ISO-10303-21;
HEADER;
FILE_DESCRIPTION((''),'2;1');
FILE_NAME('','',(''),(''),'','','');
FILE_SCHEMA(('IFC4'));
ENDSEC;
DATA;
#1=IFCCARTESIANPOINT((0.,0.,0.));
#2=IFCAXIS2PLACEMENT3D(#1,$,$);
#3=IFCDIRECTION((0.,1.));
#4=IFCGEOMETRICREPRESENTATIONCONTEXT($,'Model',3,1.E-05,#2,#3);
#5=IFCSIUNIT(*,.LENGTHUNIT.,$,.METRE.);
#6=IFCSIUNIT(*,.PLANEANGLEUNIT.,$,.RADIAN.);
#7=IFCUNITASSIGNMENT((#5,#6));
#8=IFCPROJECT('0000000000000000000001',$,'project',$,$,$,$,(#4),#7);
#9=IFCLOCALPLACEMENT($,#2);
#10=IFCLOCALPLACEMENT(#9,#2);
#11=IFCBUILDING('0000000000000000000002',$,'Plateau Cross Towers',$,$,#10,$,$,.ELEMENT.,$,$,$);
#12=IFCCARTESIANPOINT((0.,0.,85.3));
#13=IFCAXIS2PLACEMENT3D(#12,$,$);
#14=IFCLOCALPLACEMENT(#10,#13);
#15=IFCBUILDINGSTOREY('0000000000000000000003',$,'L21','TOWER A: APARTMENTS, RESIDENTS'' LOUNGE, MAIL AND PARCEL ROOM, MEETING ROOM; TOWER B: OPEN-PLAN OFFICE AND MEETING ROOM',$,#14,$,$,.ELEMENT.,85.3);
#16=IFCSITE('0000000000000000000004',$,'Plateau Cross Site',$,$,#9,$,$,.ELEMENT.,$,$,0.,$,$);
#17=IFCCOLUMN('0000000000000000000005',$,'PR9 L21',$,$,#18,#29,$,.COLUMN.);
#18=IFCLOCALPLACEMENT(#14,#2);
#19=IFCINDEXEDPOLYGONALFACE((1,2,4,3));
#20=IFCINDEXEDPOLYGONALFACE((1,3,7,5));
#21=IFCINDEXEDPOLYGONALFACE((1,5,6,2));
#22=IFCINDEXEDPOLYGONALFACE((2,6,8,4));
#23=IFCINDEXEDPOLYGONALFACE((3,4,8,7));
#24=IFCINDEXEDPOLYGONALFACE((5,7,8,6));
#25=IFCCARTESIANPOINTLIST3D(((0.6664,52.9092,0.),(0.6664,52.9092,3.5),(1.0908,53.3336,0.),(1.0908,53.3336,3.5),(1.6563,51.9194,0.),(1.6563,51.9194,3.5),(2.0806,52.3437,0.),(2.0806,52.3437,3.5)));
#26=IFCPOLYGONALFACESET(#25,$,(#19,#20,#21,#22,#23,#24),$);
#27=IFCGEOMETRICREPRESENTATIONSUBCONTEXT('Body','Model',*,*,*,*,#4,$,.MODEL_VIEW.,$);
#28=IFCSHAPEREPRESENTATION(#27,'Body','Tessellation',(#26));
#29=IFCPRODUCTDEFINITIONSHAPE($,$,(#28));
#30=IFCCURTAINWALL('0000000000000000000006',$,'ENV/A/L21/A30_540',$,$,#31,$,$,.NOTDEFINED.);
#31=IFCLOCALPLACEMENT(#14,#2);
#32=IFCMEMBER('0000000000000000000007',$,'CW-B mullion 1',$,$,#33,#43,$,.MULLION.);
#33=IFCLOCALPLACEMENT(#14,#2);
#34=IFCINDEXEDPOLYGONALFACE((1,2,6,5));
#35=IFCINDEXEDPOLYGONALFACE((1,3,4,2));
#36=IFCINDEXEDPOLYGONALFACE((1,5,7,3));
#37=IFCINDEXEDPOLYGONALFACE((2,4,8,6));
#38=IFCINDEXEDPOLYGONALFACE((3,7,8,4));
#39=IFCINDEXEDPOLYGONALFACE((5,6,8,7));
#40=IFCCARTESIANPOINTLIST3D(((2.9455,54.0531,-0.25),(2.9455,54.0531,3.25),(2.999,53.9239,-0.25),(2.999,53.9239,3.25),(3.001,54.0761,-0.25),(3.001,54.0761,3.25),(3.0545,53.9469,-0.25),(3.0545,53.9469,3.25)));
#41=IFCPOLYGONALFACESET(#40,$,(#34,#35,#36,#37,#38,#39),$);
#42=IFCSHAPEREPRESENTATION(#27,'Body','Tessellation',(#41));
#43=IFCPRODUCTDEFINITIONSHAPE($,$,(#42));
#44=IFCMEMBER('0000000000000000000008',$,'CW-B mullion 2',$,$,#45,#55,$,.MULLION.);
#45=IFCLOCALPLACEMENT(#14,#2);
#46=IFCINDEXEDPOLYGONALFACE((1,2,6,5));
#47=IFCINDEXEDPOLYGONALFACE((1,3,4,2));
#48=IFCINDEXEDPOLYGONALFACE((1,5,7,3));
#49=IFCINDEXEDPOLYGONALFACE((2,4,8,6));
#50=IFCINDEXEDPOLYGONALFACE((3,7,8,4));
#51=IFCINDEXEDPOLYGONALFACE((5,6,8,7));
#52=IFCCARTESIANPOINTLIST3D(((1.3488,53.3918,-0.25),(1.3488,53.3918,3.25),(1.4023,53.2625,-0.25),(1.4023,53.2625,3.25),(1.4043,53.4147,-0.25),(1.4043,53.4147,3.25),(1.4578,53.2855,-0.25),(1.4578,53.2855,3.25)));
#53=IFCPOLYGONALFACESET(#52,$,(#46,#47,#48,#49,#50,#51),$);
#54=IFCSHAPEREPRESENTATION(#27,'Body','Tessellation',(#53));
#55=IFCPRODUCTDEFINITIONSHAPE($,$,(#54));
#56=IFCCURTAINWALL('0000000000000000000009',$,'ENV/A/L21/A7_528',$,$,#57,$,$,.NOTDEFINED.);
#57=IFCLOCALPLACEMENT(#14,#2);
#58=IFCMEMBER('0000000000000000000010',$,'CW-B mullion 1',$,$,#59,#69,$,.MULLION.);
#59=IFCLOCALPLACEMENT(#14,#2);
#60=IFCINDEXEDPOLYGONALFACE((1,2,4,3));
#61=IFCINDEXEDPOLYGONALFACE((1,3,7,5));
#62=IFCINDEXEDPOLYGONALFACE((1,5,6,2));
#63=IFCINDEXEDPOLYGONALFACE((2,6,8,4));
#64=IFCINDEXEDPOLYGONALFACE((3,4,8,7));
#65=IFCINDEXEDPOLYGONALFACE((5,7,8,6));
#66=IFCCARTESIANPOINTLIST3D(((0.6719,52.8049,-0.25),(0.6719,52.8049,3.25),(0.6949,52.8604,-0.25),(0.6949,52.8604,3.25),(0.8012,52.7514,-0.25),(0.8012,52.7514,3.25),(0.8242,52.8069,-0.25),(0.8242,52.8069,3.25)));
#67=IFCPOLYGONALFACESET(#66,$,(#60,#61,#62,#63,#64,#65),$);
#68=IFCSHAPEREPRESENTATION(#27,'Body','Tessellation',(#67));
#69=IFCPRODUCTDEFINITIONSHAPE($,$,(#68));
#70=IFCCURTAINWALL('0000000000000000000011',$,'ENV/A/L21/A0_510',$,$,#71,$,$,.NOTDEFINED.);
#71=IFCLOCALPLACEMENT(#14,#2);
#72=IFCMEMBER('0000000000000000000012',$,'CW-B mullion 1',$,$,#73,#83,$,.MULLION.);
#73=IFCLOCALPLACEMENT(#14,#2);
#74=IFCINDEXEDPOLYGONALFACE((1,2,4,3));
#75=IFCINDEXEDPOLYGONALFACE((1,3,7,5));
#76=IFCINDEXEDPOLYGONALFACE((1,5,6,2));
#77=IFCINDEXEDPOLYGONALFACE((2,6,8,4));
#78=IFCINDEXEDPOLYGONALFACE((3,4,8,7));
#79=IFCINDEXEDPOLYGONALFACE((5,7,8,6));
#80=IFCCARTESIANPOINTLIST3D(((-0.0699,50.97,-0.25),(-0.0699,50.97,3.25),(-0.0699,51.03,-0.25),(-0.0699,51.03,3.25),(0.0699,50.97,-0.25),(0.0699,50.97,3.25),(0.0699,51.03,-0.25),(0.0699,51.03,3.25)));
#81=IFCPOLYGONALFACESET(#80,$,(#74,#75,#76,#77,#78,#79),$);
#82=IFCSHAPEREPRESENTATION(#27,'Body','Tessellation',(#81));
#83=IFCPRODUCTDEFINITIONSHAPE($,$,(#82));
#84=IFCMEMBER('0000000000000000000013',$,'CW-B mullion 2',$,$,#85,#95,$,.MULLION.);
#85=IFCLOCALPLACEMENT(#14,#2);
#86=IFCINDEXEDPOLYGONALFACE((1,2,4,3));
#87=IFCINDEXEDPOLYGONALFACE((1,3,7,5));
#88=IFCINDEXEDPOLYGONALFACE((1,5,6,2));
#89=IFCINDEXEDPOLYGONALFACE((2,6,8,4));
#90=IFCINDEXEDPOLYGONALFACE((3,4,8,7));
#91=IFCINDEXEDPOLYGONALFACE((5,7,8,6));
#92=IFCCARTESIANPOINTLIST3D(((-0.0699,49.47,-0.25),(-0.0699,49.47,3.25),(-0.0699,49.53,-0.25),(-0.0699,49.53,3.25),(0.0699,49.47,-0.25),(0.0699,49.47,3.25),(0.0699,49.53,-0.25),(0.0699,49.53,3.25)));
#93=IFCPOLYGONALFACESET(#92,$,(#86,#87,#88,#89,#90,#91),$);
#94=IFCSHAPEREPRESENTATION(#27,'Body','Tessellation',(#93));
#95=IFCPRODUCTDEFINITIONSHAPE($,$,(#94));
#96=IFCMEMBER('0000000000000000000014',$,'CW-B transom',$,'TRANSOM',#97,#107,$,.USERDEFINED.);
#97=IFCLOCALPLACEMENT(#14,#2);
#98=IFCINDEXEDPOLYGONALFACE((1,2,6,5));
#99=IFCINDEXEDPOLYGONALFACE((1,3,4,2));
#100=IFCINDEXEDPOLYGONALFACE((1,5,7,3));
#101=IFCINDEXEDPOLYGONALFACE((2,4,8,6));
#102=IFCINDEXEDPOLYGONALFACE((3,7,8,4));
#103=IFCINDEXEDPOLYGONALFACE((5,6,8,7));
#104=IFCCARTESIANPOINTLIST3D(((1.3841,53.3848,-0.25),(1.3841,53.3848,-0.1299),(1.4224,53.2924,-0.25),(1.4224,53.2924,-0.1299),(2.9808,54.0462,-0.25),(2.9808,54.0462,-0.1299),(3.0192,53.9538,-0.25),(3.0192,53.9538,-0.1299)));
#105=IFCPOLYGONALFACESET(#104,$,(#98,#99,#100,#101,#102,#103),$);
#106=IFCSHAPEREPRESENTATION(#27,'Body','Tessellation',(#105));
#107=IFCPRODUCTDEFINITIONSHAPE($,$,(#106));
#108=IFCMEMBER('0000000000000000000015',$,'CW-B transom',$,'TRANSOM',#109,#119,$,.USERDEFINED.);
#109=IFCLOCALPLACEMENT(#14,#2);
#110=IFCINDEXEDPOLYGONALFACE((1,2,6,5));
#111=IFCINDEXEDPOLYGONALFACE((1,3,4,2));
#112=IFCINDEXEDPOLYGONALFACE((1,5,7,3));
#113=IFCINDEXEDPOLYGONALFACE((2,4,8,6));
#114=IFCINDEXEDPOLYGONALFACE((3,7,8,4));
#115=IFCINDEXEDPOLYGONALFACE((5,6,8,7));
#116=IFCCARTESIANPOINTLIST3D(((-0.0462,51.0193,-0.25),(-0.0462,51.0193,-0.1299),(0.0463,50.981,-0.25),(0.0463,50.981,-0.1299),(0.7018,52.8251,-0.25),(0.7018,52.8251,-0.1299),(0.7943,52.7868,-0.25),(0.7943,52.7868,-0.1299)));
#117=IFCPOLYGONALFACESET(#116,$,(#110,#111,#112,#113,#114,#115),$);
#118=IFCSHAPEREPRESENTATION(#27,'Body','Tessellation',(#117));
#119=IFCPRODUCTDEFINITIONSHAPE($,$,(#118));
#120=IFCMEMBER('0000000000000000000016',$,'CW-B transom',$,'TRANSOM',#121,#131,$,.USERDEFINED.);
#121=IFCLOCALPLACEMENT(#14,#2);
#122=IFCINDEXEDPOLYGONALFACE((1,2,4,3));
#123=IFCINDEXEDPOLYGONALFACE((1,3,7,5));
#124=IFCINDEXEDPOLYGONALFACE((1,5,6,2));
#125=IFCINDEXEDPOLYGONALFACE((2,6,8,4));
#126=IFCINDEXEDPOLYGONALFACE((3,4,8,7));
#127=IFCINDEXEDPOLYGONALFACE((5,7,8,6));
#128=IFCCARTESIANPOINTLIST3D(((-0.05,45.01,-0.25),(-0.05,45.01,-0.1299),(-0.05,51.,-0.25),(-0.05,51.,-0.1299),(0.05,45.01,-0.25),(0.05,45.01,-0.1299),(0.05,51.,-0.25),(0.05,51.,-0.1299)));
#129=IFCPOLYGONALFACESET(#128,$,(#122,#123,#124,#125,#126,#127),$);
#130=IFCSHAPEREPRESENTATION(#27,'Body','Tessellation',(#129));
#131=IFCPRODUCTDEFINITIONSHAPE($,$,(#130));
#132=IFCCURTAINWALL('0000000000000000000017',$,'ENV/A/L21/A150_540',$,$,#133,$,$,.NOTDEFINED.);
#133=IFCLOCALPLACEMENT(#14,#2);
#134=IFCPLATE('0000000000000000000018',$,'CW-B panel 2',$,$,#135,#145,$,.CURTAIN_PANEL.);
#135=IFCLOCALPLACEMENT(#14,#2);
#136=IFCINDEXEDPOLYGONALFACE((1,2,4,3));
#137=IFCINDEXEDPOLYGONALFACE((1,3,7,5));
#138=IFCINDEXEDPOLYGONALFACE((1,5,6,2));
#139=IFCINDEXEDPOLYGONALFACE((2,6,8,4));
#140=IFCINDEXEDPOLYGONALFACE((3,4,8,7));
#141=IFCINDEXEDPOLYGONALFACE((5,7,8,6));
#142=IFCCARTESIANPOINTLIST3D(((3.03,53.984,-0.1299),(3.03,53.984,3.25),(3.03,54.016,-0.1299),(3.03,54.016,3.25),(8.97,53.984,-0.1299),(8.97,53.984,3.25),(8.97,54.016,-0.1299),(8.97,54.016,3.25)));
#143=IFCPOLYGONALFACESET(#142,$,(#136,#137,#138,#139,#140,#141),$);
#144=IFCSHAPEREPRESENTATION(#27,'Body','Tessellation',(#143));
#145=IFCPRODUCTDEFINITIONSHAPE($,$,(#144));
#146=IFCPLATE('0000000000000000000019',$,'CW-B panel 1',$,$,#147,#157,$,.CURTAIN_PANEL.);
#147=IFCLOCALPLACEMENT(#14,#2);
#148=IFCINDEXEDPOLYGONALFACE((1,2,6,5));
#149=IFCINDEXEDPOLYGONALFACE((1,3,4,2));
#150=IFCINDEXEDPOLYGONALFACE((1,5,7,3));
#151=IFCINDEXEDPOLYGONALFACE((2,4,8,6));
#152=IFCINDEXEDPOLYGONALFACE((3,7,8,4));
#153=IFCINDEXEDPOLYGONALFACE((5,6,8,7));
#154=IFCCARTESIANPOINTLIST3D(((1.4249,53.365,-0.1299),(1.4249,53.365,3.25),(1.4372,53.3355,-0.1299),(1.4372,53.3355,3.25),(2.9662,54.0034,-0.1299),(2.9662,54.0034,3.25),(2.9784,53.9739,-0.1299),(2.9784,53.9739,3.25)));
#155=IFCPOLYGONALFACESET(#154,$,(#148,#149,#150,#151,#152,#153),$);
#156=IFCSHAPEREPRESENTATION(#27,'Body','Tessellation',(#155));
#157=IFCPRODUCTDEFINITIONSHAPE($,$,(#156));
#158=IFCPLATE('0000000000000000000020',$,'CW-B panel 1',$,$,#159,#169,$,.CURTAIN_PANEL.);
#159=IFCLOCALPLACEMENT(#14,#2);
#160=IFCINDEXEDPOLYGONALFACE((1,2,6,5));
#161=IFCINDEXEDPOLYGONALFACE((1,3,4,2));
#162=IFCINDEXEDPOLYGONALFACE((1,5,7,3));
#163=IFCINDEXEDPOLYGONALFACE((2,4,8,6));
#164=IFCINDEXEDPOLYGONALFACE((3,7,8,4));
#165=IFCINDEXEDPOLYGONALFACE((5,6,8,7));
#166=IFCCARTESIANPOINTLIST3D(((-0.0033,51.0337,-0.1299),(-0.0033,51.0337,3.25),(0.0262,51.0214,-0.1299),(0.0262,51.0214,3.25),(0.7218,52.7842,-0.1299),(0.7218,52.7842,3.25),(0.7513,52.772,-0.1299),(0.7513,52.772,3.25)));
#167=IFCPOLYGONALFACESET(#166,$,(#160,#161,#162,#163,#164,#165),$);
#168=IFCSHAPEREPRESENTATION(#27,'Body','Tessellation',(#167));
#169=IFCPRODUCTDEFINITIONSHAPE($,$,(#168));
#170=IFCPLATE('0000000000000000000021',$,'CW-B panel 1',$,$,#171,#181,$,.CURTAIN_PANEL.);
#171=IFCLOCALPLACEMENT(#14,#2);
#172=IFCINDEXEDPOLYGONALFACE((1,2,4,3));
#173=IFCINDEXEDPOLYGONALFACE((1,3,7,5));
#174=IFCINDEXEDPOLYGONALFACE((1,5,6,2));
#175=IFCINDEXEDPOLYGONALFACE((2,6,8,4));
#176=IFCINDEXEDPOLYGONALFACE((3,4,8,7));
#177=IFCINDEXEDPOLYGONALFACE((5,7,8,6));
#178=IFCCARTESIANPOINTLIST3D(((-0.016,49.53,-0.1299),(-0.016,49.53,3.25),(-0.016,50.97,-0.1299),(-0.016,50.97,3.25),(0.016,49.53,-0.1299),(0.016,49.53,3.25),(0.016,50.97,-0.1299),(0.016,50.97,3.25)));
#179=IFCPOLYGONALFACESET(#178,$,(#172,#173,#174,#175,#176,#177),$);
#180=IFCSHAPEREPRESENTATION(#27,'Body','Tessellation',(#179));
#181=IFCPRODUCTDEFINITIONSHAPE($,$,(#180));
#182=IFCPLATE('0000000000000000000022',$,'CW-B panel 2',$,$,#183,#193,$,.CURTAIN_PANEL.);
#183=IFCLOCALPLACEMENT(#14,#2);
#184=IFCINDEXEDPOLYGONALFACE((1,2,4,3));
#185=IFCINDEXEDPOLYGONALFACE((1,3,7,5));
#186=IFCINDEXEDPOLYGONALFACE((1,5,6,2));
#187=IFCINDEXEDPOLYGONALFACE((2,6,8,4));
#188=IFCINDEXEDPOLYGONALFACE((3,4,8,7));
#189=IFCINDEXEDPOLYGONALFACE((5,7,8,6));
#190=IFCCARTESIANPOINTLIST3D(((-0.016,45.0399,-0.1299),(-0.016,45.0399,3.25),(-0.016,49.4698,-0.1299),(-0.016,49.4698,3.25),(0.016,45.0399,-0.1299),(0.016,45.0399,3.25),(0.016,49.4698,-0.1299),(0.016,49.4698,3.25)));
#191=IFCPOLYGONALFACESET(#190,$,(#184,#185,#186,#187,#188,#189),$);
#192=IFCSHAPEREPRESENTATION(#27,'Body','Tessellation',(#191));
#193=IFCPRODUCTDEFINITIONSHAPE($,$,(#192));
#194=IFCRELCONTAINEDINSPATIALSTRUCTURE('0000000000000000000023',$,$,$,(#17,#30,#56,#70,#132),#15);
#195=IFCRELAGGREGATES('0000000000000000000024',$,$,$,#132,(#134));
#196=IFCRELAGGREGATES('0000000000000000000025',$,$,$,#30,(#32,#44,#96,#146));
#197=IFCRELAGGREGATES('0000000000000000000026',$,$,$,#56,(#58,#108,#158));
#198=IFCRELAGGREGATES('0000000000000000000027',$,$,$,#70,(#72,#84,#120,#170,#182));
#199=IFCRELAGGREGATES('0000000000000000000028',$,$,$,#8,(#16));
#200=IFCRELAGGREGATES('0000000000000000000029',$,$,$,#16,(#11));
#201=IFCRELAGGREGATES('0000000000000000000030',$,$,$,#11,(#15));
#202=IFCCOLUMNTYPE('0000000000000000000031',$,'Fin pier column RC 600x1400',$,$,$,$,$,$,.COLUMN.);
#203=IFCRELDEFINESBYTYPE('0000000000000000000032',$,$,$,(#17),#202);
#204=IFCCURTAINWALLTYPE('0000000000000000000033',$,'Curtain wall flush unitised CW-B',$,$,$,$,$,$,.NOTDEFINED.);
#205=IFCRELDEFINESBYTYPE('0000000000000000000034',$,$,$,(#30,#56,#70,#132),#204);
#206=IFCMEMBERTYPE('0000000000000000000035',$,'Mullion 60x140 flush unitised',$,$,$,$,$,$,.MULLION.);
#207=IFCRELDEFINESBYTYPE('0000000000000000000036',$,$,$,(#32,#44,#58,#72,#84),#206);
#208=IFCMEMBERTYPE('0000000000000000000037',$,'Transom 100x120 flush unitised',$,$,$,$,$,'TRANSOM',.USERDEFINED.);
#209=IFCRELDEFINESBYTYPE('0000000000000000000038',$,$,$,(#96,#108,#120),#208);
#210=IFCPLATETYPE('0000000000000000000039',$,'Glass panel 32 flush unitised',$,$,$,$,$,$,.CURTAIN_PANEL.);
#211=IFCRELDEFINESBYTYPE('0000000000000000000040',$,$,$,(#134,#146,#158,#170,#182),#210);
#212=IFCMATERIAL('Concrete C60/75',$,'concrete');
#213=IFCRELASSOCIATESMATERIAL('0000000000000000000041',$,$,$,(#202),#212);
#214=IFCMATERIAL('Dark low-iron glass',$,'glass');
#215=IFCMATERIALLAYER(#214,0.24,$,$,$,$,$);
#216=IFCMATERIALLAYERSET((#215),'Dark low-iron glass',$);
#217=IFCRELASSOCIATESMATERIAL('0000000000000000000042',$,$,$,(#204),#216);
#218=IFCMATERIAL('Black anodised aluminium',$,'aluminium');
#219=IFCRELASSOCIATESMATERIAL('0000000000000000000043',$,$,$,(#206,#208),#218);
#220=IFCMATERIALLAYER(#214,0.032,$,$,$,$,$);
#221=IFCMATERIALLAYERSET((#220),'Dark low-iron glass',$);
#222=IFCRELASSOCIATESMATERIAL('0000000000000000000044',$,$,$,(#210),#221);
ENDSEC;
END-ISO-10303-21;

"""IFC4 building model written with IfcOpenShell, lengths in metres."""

from ifc_helpers import new_model, si_unit, direction, frame, origin, origin_2d, place, context, subcontext, project, spatial, rectangle, extrude, material, layer, layer_set, material_profile, profile_set, type_object, element, aggregate, save


model = new_model("IFC4")

# Units and contexts
model_context = context("Model", 3, precision=1e-05, world=origin(), true_north=direction((0.0, 1.0)))
body_context = subcontext(model_context, "Body", "Model", "MODEL_VIEW")
ifc_project = project(units=[si_unit("LENGTHUNIT", "METRE"), si_unit("PLANEANGLEUNIT", "RADIAN")], contexts=[model_context])

# Site, building, storey
site_placement = place(None, origin())
site = spatial("IfcSite", under=ifc_project, at=site_placement, Name="Plateau Cross Site", CompositionType="ELEMENT", RefElevation=0.0)
building_placement = place(site_placement, origin())
building = spatial("IfcBuilding", under=site, at=building_placement, Name="Plateau Cross Towers", CompositionType="ELEMENT")
storey_placement = place(building_placement, frame((0.0, 0.0, 85.3)))
storey = spatial("IfcBuildingStorey", under=building, at=storey_placement, Name="L21", Description="TOWER A: APARTMENTS, RESIDENTS' LOUNGE, MAIL AND PARCEL ROOM, MEETING ROOM; TOWER B: OPEN-PLAN OFFICE AND MEETING ROOM", CompositionType="ELEMENT", Elevation=85.3)

# Column
ifc_material_1 = material(Name="Concrete C60/75", Category="concrete")
ifc_material_profile_1 = material_profile(ifc_material_1, rectangle(XDim=0.6001, YDim=1.3999, at=origin_2d()), Name="RC 600x1400")
ifc_profile_set_1 = profile_set([ifc_material_profile_1], Name="Concrete C60/75")
column_type = type_object("IfcColumnType", Name="Fin pier column RC 600x1400", PredefinedType="COLUMN", material=ifc_profile_set_1)
column_placement = place(storey_placement, frame((1.3735, 52.6265, 0.0), z_axis=(0.0, 0.0, 1.0), x_axis=(0.707107, 0.707107, 0.0)))
element("IfcColumn", 1, at=column_placement, inside=storey, type_object=column_type, Name="PR9 L21", PredefinedType="COLUMN", context=body_context, shape_type="SweptSolid", body=[
    extrude(rectangle(XDim=0.6001, YDim=1.3999, at=origin_2d()), origin(), (0.0, 0.0, 1.0), 3.5),
])

# Curtain wall, members
ifc_material_2 = material(Name="Dark low-iron glass", Category="glass")
ifc_layer_1 = layer(ifc_material_2, 0.24)
ifc_layer_set_1 = layer_set([ifc_layer_1], Name="Dark low-iron glass")
curtain_wall_type = type_object("IfcCurtainWallType", Name="Curtain wall flush unitised CW-B", PredefinedType="NOTDEFINED", material=ifc_layer_set_1)
curtain_wall_1_placement = place(storey_placement, origin())
curtain_wall_1 = element("IfcCurtainWall", 2, at=curtain_wall_1_placement, inside=storey, type_object=curtain_wall_type, Name="ENV/A/L21/A30_540", PredefinedType="NOTDEFINED")
ifc_material_3 = material(Name="Black anodised aluminium", Category="aluminium")
ifc_material_profile_2 = material_profile(ifc_material_3, rectangle(XDim=0.0601, YDim=0.1399, at=origin_2d()), Name="MULLION 60x140")
ifc_profile_set_2 = profile_set([ifc_material_profile_2], Name="Black anodised aluminium")
member_type_1 = type_object("IfcMemberType", Name="Mullion 60x140 flush unitised", PredefinedType="MULLION", material=ifc_profile_set_2)
member_1_placement = place(storey_placement, frame((3.0, 54.0, -0.25), z_axis=(0.0, 0.0, 1.0), x_axis=(-0.923879, -0.382684, 0.0)))
member_1 = element("IfcMember", 3, at=member_1_placement, type_object=member_type_1, Name="CW-B mullion 1", PredefinedType="MULLION", context=body_context, shape_type="SweptSolid", body=[
    extrude(rectangle(XDim=0.0601, YDim=0.1399, at=origin_2d()), origin(), (0.0, 0.0, 1.0), 3.5),
])
member_2_placement = place(storey_placement, frame((1.4033, 53.3386, -0.25), z_axis=(0.0, 0.0, 1.0), x_axis=(-0.923879, -0.382684, 0.0)))
member_2 = element("IfcMember", 4, at=member_2_placement, type_object=member_type_1, Name="CW-B mullion 2", PredefinedType="MULLION", context=body_context, shape_type="SweptSolid", body=[
    extrude(rectangle(XDim=0.0601, YDim=0.1399, at=origin_2d()), origin(), (0.0, 0.0, 1.0), 3.5),
])

# Curtain wall, member
curtain_wall_2_placement = place(storey_placement, origin())
curtain_wall_2 = element("IfcCurtainWall", 5, at=curtain_wall_2_placement, inside=storey, type_object=curtain_wall_type, Name="ENV/A/L21/A7_528", PredefinedType="NOTDEFINED")
member_3_placement = place(storey_placement, frame((0.748, 52.8059, -0.25), z_axis=(0.0, 0.0, 1.0), x_axis=(-0.382684, -0.923879, 0.0)))
member_3 = element("IfcMember", 6, at=member_3_placement, type_object=member_type_1, Name="CW-B mullion 1", PredefinedType="MULLION", context=body_context, shape_type="SweptSolid", body=[
    extrude(rectangle(XDim=0.0601, YDim=0.1399, at=origin_2d()), origin(), (0.0, 0.0, 1.0), 3.5),
])

# Curtain wall, members
curtain_wall_3_placement = place(storey_placement, origin())
curtain_wall_3 = element("IfcCurtainWall", 7, at=curtain_wall_3_placement, inside=storey, type_object=curtain_wall_type, Name="ENV/A/L21/A0_510", PredefinedType="NOTDEFINED")
member_4_placement = place(storey_placement, frame((0.0, 51.0, -0.25), z_axis=(0.0, 0.0, 1.0), x_axis=(0.0, -1.0, 0.0)))
member_4 = element("IfcMember", 8, at=member_4_placement, type_object=member_type_1, Name="CW-B mullion 1", PredefinedType="MULLION", context=body_context, shape_type="SweptSolid", body=[
    extrude(rectangle(XDim=0.0601, YDim=0.1399, at=origin_2d()), origin(), (0.0, 0.0, 1.0), 3.5),
])
member_5_placement = place(storey_placement, frame((0.0, 49.5, -0.25), z_axis=(0.0, 0.0, 1.0), x_axis=(0.0, -1.0, 0.0)))
member_5 = element("IfcMember", 9, at=member_5_placement, type_object=member_type_1, Name="CW-B mullion 2", PredefinedType="MULLION", context=body_context, shape_type="SweptSolid", body=[
    extrude(rectangle(XDim=0.0601, YDim=0.1399, at=origin_2d()), origin(), (0.0, 0.0, 1.0), 3.5),
])

# Members
ifc_material_profile_3 = material_profile(ifc_material_3, rectangle(XDim=0.1001, YDim=0.1201, at=origin_2d()), Name="TRANSOM 100x120")
ifc_profile_set_3 = profile_set([ifc_material_profile_3], Name="Black anodised aluminium")
member_type_2 = type_object("IfcMemberType", Name="Transom 100x120 flush unitised", ElementType="TRANSOM", PredefinedType="USERDEFINED", material=ifc_profile_set_3)
member_6_placement = place(storey_placement, frame((3.0, 54.0, -0.1899), z_axis=(-0.923877, -0.382689, 0.0), x_axis=(0.382689, -0.923877, 0.0)))
member_6 = element("IfcMember", 10, at=member_6_placement, type_object=member_type_2, Name="CW-B transom", ObjectType="TRANSOM", PredefinedType="USERDEFINED", context=body_context, shape_type="SweptSolid", body=[
    extrude(rectangle(XDim=0.1001, YDim=0.1201, at=origin_2d()), origin(), (0.0, 0.0, 1.0), 1.7283),
])
member_7_placement = place(storey_placement, frame((0.748, 52.8059, -0.1899), z_axis=(-0.38269, -0.923877, 0.0), x_axis=(0.923877, -0.38269, 0.0)))
member_7 = element("IfcMember", 11, at=member_7_placement, type_object=member_type_2, Name="CW-B transom", ObjectType="TRANSOM", PredefinedType="USERDEFINED", context=body_context, shape_type="SweptSolid", body=[
    extrude(rectangle(XDim=0.1001, YDim=0.1201, at=origin_2d()), origin(), (0.0, 0.0, 1.0), 1.9546),
])
member_8_placement = place(storey_placement, frame((0.0, 51.0, -0.1899), z_axis=(0.0, -1.0, 0.0), x_axis=(1.0, 0.0, 0.0)))
member_8 = element("IfcMember", 12, at=member_8_placement, type_object=member_type_2, Name="CW-B transom", ObjectType="TRANSOM", PredefinedType="USERDEFINED", context=body_context, shape_type="SweptSolid", body=[
    extrude(rectangle(XDim=0.1001, YDim=0.1201, at=origin_2d()), origin(), (0.0, 0.0, 1.0), 5.99),
])

# Curtain wall, plate
curtain_wall_4_placement = place(storey_placement, origin())
curtain_wall_4 = element("IfcCurtainWall", 13, at=curtain_wall_4_placement, inside=storey, type_object=curtain_wall_type, Name="ENV/A/L21/A150_540", PredefinedType="NOTDEFINED")
ifc_layer_2 = layer(ifc_material_2, 0.032)
ifc_layer_set_2 = layer_set([ifc_layer_2], Name="Dark low-iron glass")
plate_type = type_object("IfcPlateType", Name="Glass panel 32 flush unitised", PredefinedType="CURTAIN_PANEL", material=ifc_layer_set_2)
plate_1_placement = place(storey_placement, frame((6.0, 54.0, -0.1299), z_axis=(0.0, 0.0, 1.0), x_axis=(-1.0, 0.0, 0.0)))
plate_1 = element("IfcPlate", 14, at=plate_1_placement, type_object=plate_type, Name="CW-B panel 2", PredefinedType="CURTAIN_PANEL", context=body_context, shape_type="SweptSolid", body=[
    extrude(rectangle(XDim=5.9399, YDim=0.032, at=origin_2d()), origin(), (0.0, 0.0, 1.0), 3.3799),
])
aggregate(curtain_wall_4, [plate_1])

# Plates
plate_2_placement = place(storey_placement, frame((2.2017, 53.6694, -0.1299), z_axis=(0.0, 0.0, 1.0), x_axis=(-0.923879, -0.382684, 0.0)))
plate_2 = element("IfcPlate", 15, at=plate_2_placement, type_object=plate_type, Name="CW-B panel 1", PredefinedType="CURTAIN_PANEL", context=body_context, shape_type="SweptSolid", body=[
    extrude(rectangle(XDim=1.6682, YDim=0.032, at=origin_2d()), origin(), (0.0, 0.0, 1.0), 3.3799),
])
aggregate(curtain_wall_1, [member_1, member_2, member_6, plate_2])
plate_3_placement = place(storey_placement, frame((0.374, 51.9028, -0.1299), z_axis=(0.0, 0.0, 1.0), x_axis=(-0.382684, -0.923879, 0.0)))
plate_3 = element("IfcPlate", 16, at=plate_3_placement, type_object=plate_type, Name="CW-B panel 1", PredefinedType="CURTAIN_PANEL", context=body_context, shape_type="SweptSolid", body=[
    extrude(rectangle(XDim=1.8948, YDim=0.032, at=origin_2d()), origin(), (0.0, 0.0, 1.0), 3.3799),
])
aggregate(curtain_wall_2, [member_3, member_7, plate_3])
plate_4_placement = place(storey_placement, frame((0.0, 50.25, -0.1299), z_axis=(0.0, 0.0, 1.0), x_axis=(0.0, -1.0, 0.0)))
plate_4 = element("IfcPlate", 17, at=plate_4_placement, type_object=plate_type, Name="CW-B panel 1", PredefinedType="CURTAIN_PANEL", context=body_context, shape_type="SweptSolid", body=[
    extrude(rectangle(XDim=1.4399, YDim=0.032, at=origin_2d()), origin(), (0.0, 0.0, 1.0), 3.3799),
])
plate_5_placement = place(storey_placement, frame((0.0, 47.2549, -0.1299), z_axis=(0.0, 0.0, 1.0), x_axis=(0.0, -1.0, 0.0)))
plate_5 = element("IfcPlate", 18, at=plate_5_placement, type_object=plate_type, Name="CW-B panel 2", PredefinedType="CURTAIN_PANEL", context=body_context, shape_type="SweptSolid", body=[
    extrude(rectangle(XDim=4.4299, YDim=0.032, at=origin_2d()), origin(), (0.0, 0.0, 1.0), 3.3799),
])
aggregate(curtain_wall_3, [member_4, member_5, member_8, plate_4, plate_5])

save(model, "model.ifc")
